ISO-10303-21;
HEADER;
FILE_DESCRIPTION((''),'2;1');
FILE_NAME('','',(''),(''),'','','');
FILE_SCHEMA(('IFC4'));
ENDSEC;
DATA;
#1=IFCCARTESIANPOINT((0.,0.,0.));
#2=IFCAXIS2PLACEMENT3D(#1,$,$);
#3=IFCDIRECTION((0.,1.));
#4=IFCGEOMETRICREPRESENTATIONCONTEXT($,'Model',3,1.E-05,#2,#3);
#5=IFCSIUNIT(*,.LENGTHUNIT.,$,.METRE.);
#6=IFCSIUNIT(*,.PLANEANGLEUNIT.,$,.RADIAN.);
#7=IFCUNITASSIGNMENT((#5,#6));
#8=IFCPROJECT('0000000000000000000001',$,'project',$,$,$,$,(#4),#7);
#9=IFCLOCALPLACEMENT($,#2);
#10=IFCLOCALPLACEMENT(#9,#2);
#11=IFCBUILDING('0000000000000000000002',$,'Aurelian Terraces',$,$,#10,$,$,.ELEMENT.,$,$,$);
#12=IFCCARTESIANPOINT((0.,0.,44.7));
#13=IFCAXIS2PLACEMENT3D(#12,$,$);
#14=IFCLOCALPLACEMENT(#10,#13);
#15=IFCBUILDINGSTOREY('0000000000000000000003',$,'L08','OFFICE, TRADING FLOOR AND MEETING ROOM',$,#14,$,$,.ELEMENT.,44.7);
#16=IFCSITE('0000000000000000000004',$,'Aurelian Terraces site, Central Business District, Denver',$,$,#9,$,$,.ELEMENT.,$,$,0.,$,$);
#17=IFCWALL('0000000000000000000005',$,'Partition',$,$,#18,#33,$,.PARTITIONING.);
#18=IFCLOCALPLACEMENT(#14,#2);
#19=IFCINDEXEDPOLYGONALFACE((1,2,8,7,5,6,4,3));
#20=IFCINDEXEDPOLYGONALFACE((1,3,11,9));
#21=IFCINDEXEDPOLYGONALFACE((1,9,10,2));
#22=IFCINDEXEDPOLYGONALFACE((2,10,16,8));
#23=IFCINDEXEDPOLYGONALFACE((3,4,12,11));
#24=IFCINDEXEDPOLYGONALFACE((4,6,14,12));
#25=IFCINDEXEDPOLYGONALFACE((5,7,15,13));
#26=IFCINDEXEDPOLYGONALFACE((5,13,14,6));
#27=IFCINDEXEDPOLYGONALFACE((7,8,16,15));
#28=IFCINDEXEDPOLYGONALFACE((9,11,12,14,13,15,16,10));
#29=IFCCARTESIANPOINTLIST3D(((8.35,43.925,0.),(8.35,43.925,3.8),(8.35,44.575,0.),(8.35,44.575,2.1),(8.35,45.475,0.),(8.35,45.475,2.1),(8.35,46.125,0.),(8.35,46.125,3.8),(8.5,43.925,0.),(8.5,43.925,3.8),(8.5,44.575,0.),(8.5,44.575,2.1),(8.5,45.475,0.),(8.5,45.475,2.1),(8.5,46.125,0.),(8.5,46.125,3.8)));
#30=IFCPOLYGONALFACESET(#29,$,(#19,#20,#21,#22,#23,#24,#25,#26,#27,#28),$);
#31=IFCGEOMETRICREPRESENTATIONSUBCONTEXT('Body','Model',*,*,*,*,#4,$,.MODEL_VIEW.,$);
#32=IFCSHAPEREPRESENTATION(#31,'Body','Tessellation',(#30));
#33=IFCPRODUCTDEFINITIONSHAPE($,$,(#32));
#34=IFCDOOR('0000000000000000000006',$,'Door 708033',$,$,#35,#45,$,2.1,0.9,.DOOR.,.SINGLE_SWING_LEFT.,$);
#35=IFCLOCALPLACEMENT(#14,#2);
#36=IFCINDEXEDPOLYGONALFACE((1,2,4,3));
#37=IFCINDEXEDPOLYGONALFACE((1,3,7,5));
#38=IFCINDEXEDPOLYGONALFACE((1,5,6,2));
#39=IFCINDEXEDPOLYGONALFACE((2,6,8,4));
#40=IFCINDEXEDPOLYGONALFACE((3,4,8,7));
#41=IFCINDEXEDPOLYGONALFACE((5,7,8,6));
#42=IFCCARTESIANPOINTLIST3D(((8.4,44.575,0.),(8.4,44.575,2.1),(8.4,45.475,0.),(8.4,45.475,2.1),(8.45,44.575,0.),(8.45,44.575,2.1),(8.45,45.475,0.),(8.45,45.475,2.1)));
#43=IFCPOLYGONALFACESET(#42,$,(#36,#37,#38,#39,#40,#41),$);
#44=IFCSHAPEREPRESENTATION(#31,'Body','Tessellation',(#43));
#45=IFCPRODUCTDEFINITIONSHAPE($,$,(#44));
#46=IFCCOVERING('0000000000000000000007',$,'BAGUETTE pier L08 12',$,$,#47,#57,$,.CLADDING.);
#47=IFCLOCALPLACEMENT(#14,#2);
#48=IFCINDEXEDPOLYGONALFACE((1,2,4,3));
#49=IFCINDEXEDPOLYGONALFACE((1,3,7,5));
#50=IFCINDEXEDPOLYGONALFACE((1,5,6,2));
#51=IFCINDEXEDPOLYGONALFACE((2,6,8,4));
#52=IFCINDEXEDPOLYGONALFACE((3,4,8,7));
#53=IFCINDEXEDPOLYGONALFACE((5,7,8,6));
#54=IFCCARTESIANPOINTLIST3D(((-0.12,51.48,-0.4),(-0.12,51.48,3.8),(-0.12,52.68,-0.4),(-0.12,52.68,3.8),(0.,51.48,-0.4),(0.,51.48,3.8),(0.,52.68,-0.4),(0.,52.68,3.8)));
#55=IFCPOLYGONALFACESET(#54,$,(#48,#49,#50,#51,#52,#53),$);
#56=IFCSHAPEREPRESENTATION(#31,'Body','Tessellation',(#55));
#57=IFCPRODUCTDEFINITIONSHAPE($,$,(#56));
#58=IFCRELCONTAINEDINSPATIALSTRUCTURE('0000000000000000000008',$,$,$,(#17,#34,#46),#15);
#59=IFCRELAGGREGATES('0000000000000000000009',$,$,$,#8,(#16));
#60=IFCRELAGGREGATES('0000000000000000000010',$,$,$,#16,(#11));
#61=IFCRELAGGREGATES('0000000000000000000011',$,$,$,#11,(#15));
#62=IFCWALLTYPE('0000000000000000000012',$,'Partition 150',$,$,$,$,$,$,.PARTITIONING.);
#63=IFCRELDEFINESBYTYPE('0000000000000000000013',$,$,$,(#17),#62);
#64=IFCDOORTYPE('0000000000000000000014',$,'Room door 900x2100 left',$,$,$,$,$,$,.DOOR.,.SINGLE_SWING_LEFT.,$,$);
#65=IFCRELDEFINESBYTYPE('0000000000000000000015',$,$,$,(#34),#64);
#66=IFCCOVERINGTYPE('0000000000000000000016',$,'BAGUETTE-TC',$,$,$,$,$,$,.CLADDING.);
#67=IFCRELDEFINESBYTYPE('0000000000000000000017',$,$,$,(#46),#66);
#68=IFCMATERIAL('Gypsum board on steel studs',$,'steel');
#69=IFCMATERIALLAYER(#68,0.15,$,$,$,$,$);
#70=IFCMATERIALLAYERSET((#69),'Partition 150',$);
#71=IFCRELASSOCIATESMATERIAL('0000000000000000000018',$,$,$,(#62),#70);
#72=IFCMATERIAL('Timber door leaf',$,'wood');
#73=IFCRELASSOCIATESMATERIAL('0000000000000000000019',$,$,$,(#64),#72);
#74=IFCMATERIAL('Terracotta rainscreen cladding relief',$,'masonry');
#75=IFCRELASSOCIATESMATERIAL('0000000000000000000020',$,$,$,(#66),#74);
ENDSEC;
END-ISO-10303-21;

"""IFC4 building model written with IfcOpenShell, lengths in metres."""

from ifc_helpers import new_model, si_unit, direction, frame, frame_2d, origin, origin_2d, place, context, subcontext, project, spatial, rectangle, extrude, source, transform, mapped, material, layer, layer_set, type_object, element, fill, save


model = new_model("IFC4")

# Units and contexts
model_context = context("Model", 3, precision=1e-05, world=origin(), true_north=direction((0.0, 1.0)))
body_context = subcontext(model_context, "Body", "Model", "MODEL_VIEW")
ifc_project = project(units=[si_unit("LENGTHUNIT", "METRE"), si_unit("PLANEANGLEUNIT", "RADIAN")], contexts=[model_context])

# Site, building, storey
site_placement = place(None, origin())
site = spatial("IfcSite", under=ifc_project, at=site_placement, Name="Aurelian Terraces site, Central Business District, Denver", CompositionType="ELEMENT", RefElevation=0.0)
building_placement = place(site_placement, origin())
building = spatial("IfcBuilding", under=site, at=building_placement, Name="Aurelian Terraces", CompositionType="ELEMENT")
storey_placement = place(building_placement, frame((0.0, 0.0, 44.7)))
storey = spatial("IfcBuildingStorey", under=building, at=storey_placement, Name="L08", Description="OFFICE, TRADING FLOOR AND MEETING ROOM", CompositionType="ELEMENT", Elevation=44.7)

# Shared definitions
ifc_material_1 = material(Name="Gypsum board on steel studs", Category="steel")
ifc_layer_1 = layer(ifc_material_1, 0.15)
ifc_layer_set_1 = layer_set([ifc_layer_1], Name="Partition 150")
wall_type_1 = type_object("IfcWallType", Name="Partition 150", PredefinedType="PARTITIONING", material=ifc_layer_set_1)

# Wall, opening, door
shared_shape_1 = source(origin(), body_context, "Body", "SweptSolid", [
    extrude(rectangle(XDim=2.2, YDim=0.15, at=frame_2d((1.1, 0.0))), origin(), (0.0, 0.0, 1.0), 3.8),
])
wall_1_placement = place(storey_placement, frame((8.425, 43.925, 0.0), z_axis=(0.0, 0.0, 1.0), x_axis=(0.0, 1.0, 0.0)))
wall_1 = element("IfcWall", 1, at=wall_1_placement, inside=storey, type_object=wall_type_1, Name="Partition", PredefinedType="PARTITIONING", context=body_context, shape_type="MappedRepresentation", body=[
    mapped(shared_shape_1, transform((0.0, 0.0, 0.0), scale=1.0)),
])
shared_shape_2 = source(origin(), body_context, "Body", "SweptSolid", [
    extrude(rectangle(XDim=0.9, YDim=2.1, at=frame_2d((0.45, 1.05))), frame((0.0, 0.085, 0.0), z_axis=(0.0, -1.0, 0.0), x_axis=(1.0, 0.0, 0.0)), (0.0, 0.0, 1.0), 0.17),
])
opening_1_placement = place(wall_1_placement, frame((0.65, 0.0, 0.0)))
opening_1 = element("IfcOpeningElement", 2, at=opening_1_placement, cuts=wall_1, PredefinedType="OPENING", context=body_context, shape_type="MappedRepresentation", body=[
    mapped(shared_shape_2, transform((0.0, 0.0, 0.0), scale=1.0)),
])
ifc_material_2 = material(Name="Timber door leaf", Category="wood")
door_type = type_object("IfcDoorType", Name="Room door 900x2100 left", OperationType="SINGLE_SWING_LEFT", PredefinedType="DOOR", material=ifc_material_2)
shared_shape_3 = source(origin(), body_context, "Body", "SweptSolid", [
    extrude(rectangle(XDim=0.9, YDim=2.1, at=frame_2d((0.45, 1.05))), frame((0.0, 0.025, 0.0), z_axis=(0.0, -1.0, 0.0), x_axis=(1.0, 0.0, 0.0)), (0.0, 0.0, 1.0), 0.05),
])
door_placement = place(opening_1_placement, origin())
door = element("IfcDoor", 3, at=door_placement, inside=storey, type_object=door_type, Name="Door 708033", OperationType="SINGLE_SWING_LEFT", OverallHeight=2.1, OverallWidth=0.9, PredefinedType="DOOR", context=body_context, shape_type="MappedRepresentation", body=[
    mapped(shared_shape_3, transform((0.0, 0.0, 0.0), scale=1.0)),
])
fill(opening_1, door)

# Covering
ifc_material_3 = material(Name="Terracotta rainscreen cladding relief", Category="masonry")
covering_type = type_object("IfcCoveringType", Name="BAGUETTE-TC", PredefinedType="CLADDING", material=ifc_material_3)
shared_shape_4 = source(origin(), body_context, "Body", "SweptSolid", [
    extrude(rectangle(XDim=0.12, YDim=1.2, at=origin_2d()), origin(), (0.0, 0.0, 1.0), 4.2),
])
covering_placement = place(storey_placement, frame((-0.06, 52.08, -0.4), z_axis=(0.0, 0.0, 1.0), x_axis=(1.0, 0.0, 0.0)))
element("IfcCovering", 4, at=covering_placement, inside=storey, type_object=covering_type, Name="BAGUETTE pier L08 12", PredefinedType="CLADDING", context=body_context, shape_type="MappedRepresentation", body=[
    mapped(shared_shape_4, transform((0.0, 0.0, 0.0), scale=1.0)),
])

save(model, "model.ifc")
